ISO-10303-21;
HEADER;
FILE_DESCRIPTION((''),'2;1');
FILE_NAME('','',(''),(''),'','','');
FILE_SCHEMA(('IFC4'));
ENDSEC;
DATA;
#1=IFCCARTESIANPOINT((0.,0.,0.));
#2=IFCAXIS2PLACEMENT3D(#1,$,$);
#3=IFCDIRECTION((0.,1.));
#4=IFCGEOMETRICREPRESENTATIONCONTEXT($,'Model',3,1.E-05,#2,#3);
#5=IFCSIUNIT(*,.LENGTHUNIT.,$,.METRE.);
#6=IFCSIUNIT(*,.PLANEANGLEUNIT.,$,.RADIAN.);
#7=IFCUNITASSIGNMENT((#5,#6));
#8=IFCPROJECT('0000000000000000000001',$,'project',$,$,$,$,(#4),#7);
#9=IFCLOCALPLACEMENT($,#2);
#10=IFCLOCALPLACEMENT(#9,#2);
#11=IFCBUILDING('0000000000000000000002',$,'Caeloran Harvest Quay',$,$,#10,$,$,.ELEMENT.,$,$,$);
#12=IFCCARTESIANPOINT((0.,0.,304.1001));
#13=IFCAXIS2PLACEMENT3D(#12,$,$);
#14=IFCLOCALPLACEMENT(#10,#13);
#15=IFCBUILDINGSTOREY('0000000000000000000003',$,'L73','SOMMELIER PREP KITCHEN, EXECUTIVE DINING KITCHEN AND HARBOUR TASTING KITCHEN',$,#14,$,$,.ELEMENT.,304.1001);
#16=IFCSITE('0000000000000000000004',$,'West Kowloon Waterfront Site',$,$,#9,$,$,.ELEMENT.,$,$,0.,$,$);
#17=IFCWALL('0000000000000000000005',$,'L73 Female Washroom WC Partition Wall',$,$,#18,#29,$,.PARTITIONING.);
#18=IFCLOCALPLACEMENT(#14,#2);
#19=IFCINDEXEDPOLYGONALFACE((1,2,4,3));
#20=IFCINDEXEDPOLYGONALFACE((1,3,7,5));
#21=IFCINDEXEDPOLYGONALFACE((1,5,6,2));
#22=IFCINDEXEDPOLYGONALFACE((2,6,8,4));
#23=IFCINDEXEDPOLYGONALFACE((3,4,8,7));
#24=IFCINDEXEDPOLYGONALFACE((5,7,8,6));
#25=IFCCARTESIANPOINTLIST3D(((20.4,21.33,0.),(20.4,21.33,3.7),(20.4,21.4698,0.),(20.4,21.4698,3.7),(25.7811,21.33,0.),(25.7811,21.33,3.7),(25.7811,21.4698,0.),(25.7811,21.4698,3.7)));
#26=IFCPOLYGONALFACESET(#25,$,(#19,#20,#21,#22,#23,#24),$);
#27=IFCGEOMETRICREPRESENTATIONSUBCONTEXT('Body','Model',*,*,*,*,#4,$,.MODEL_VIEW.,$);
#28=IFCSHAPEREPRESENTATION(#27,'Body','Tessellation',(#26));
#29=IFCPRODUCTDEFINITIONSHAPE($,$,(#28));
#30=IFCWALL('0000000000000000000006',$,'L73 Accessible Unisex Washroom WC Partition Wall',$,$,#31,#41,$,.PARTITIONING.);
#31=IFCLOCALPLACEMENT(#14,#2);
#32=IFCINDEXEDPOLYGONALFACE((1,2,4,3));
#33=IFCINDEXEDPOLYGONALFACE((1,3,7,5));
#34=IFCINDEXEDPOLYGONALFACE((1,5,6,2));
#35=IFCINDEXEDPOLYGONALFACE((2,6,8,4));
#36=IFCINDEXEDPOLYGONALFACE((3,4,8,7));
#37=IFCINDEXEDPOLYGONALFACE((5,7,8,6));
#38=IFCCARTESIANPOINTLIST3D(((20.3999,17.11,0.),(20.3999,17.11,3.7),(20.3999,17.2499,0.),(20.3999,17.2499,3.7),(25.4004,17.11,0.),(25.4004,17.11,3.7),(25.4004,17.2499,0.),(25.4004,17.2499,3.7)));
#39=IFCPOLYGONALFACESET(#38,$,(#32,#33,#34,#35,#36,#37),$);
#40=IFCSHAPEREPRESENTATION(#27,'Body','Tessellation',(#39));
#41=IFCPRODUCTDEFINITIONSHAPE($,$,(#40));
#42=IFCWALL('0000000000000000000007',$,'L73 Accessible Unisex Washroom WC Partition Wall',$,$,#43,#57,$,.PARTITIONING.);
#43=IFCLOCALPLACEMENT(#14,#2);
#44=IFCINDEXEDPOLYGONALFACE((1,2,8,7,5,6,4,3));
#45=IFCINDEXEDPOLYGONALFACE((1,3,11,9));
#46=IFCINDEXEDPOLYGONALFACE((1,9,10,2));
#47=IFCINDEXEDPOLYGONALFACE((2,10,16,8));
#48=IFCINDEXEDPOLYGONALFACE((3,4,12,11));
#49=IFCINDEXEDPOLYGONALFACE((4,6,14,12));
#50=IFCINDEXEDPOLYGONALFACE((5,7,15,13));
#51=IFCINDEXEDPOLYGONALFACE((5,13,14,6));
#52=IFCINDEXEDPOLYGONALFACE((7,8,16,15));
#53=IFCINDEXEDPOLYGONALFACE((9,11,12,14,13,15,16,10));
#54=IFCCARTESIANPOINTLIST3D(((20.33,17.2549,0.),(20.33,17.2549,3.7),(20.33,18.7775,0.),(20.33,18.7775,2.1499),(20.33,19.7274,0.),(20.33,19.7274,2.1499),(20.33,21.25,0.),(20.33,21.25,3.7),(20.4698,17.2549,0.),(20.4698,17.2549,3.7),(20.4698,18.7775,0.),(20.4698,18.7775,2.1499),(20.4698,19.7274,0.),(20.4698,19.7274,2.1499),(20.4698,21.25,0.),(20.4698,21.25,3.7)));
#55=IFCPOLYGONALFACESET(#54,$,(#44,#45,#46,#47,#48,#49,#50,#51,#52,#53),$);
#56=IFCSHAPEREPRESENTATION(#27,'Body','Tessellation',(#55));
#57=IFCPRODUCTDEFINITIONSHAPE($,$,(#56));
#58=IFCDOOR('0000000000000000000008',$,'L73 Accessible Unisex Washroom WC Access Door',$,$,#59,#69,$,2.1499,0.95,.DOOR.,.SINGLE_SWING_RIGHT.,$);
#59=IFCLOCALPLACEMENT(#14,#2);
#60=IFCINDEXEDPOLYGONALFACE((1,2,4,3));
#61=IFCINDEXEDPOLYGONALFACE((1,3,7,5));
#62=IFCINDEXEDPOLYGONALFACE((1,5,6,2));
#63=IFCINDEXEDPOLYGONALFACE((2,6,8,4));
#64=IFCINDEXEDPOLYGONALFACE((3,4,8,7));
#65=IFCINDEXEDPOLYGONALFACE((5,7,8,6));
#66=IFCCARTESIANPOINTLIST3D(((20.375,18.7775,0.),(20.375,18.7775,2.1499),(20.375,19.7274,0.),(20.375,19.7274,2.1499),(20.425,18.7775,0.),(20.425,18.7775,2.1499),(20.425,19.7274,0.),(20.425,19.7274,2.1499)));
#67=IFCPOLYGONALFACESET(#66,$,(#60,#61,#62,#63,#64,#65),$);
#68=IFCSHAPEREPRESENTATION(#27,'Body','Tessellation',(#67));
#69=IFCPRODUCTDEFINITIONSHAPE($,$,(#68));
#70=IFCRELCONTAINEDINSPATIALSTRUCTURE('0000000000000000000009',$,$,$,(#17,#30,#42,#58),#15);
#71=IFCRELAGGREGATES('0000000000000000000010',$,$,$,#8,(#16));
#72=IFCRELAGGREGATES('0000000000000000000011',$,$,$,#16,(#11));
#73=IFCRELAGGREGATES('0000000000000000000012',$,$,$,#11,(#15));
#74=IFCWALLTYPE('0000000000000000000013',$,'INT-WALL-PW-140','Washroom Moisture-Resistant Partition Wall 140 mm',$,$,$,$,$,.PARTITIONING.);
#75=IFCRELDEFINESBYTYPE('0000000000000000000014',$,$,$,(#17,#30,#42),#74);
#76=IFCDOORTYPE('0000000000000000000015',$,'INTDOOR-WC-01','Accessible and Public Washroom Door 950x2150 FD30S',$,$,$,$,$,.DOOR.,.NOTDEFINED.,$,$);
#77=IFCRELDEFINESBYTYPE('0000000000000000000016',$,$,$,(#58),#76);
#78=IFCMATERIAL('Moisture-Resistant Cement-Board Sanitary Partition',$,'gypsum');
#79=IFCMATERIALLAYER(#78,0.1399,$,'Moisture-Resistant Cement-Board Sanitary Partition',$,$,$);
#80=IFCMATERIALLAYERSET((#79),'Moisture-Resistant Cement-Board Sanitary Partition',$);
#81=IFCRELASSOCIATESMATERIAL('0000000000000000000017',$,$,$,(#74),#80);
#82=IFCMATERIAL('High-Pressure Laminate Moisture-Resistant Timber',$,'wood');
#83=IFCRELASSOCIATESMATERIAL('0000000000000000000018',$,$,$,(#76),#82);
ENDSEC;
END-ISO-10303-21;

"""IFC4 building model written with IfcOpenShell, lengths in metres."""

from ifc_helpers import new_model, si_unit, direction, frame, frame_2d, origin, place, context, subcontext, project, spatial, rectangle, extrude, material, layer, layer_set, type_object, element, fill, save


model = new_model("IFC4")

# Units and contexts
model_context = context("Model", 3, precision=1e-05, world=origin(), true_north=direction((0.0, 1.0)))
body_context = subcontext(model_context, "Body", "Model", "MODEL_VIEW")
ifc_project = project(units=[si_unit("LENGTHUNIT", "METRE"), si_unit("PLANEANGLEUNIT", "RADIAN")], contexts=[model_context])

# Site, building, storey
site_placement = place(None, origin())
site = spatial("IfcSite", under=ifc_project, at=site_placement, Name="West Kowloon Waterfront Site", CompositionType="ELEMENT", RefElevation=0.0)
building_placement = place(site_placement, origin())
building = spatial("IfcBuilding", under=site, at=building_placement, Name="Caeloran Harvest Quay", CompositionType="ELEMENT")
storey_placement = place(building_placement, frame((0.0, 0.0, 304.1001)))
storey = spatial("IfcBuildingStorey", under=building, at=storey_placement, Name="L73", Description="SOMMELIER PREP KITCHEN, EXECUTIVE DINING KITCHEN AND HARBOUR TASTING KITCHEN", CompositionType="ELEMENT", Elevation=304.1001)

# Walls
ifc_material_1 = material(Name="Moisture-Resistant Cement-Board Sanitary Partition", Category="gypsum")
ifc_layer_1 = layer(ifc_material_1, 0.1399, Name="Moisture-Resistant Cement-Board Sanitary Partition")
ifc_layer_set_1 = layer_set([ifc_layer_1], Name="Moisture-Resistant Cement-Board Sanitary Partition")
wall_type_1 = type_object("IfcWallType", Name="INT-WALL-PW-140", Description="Washroom Moisture-Resistant Partition Wall 140 mm", PredefinedType="PARTITIONING", material=ifc_layer_set_1)
wall_1_placement = place(storey_placement, frame((25.781, 21.3999, 0.0), z_axis=(0.0, 0.0, 1.0), x_axis=(-1.0, 0.0, 0.0)))
element("IfcWall", 1, at=wall_1_placement, inside=storey, type_object=wall_type_1, Name="L73 Female Washroom WC Partition Wall", PredefinedType="PARTITIONING", context=body_context, shape_type="SweptSolid", body=[
    extrude(rectangle(XDim=5.3811, YDim=0.1399, at=frame_2d((2.6904, 0.0))), origin(), (0.0, 0.0, 1.0), 3.7),
])
wall_2_placement = place(storey_placement, frame((25.4004, 17.1799, 0.0), z_axis=(0.0, 0.0, 1.0), x_axis=(-1.0, 0.0, 0.0)))
element("IfcWall", 2, at=wall_2_placement, inside=storey, type_object=wall_type_1, Name="L73 Accessible Unisex Washroom WC Partition Wall", PredefinedType="PARTITIONING", context=body_context, shape_type="SweptSolid", body=[
    extrude(rectangle(XDim=5.0005, YDim=0.1399, at=frame_2d((2.5002, 0.0))), origin(), (0.0, 0.0, 1.0), 3.7),
])

# Wall, opening, door
wall_3_placement = place(storey_placement, frame((20.3999, 17.2549, 0.0), z_axis=(0.0, 0.0, 1.0), x_axis=(0.0, 1.0, 0.0)))
wall_3 = element("IfcWall", 3, at=wall_3_placement, inside=storey, type_object=wall_type_1, Name="L73 Accessible Unisex Washroom WC Partition Wall", PredefinedType="PARTITIONING", context=body_context, shape_type="SweptSolid", body=[
    extrude(rectangle(XDim=3.9951, YDim=0.1399, at=frame_2d((1.9976, 0.0))), origin(), (0.0, 0.0, 1.0), 3.7),
])
opening_1_placement = place(wall_3_placement, frame((1.5225, 0.0, 0.0)))
opening_1 = element("IfcOpeningElement", 4, at=opening_1_placement, cuts=wall_3, PredefinedType="OPENING", context=body_context, shape_type="SweptSolid", body=[
    extrude(rectangle(XDim=0.95, YDim=2.1499, at=frame_2d((0.4751, 1.075))), frame((0.0, 0.0801, 0.0), z_axis=(0.0, -1.0, 0.0), x_axis=(1.0, 0.0, 0.0)), (0.0, 0.0, 1.0), 0.1599),
])
ifc_material_2 = material(Name="High-Pressure Laminate Moisture-Resistant Timber", Category="wood")
door_type_1 = type_object("IfcDoorType", Name="INTDOOR-WC-01", Description="Accessible and Public Washroom Door 950x2150 FD30S", OperationType="NOTDEFINED", PredefinedType="DOOR", material=ifc_material_2)
door_1_placement = place(opening_1_placement, origin())
door_1 = element("IfcDoor", 5, at=door_1_placement, inside=storey, type_object=door_type_1, Name="L73 Accessible Unisex Washroom WC Access Door", OperationType="SINGLE_SWING_RIGHT", OverallHeight=2.1499, OverallWidth=0.95, PredefinedType="DOOR", context=body_context, shape_type="SweptSolid", body=[
    extrude(rectangle(XDim=0.95, YDim=2.1499, at=frame_2d((0.4751, 1.075))), frame((0.0, 0.0249, 0.0), z_axis=(0.0, -1.0, 0.0), x_axis=(1.0, 0.0, 0.0)), (0.0, 0.0, 1.0), 0.05),
])
fill(opening_1, door_1)

save(model, "model.ifc")
